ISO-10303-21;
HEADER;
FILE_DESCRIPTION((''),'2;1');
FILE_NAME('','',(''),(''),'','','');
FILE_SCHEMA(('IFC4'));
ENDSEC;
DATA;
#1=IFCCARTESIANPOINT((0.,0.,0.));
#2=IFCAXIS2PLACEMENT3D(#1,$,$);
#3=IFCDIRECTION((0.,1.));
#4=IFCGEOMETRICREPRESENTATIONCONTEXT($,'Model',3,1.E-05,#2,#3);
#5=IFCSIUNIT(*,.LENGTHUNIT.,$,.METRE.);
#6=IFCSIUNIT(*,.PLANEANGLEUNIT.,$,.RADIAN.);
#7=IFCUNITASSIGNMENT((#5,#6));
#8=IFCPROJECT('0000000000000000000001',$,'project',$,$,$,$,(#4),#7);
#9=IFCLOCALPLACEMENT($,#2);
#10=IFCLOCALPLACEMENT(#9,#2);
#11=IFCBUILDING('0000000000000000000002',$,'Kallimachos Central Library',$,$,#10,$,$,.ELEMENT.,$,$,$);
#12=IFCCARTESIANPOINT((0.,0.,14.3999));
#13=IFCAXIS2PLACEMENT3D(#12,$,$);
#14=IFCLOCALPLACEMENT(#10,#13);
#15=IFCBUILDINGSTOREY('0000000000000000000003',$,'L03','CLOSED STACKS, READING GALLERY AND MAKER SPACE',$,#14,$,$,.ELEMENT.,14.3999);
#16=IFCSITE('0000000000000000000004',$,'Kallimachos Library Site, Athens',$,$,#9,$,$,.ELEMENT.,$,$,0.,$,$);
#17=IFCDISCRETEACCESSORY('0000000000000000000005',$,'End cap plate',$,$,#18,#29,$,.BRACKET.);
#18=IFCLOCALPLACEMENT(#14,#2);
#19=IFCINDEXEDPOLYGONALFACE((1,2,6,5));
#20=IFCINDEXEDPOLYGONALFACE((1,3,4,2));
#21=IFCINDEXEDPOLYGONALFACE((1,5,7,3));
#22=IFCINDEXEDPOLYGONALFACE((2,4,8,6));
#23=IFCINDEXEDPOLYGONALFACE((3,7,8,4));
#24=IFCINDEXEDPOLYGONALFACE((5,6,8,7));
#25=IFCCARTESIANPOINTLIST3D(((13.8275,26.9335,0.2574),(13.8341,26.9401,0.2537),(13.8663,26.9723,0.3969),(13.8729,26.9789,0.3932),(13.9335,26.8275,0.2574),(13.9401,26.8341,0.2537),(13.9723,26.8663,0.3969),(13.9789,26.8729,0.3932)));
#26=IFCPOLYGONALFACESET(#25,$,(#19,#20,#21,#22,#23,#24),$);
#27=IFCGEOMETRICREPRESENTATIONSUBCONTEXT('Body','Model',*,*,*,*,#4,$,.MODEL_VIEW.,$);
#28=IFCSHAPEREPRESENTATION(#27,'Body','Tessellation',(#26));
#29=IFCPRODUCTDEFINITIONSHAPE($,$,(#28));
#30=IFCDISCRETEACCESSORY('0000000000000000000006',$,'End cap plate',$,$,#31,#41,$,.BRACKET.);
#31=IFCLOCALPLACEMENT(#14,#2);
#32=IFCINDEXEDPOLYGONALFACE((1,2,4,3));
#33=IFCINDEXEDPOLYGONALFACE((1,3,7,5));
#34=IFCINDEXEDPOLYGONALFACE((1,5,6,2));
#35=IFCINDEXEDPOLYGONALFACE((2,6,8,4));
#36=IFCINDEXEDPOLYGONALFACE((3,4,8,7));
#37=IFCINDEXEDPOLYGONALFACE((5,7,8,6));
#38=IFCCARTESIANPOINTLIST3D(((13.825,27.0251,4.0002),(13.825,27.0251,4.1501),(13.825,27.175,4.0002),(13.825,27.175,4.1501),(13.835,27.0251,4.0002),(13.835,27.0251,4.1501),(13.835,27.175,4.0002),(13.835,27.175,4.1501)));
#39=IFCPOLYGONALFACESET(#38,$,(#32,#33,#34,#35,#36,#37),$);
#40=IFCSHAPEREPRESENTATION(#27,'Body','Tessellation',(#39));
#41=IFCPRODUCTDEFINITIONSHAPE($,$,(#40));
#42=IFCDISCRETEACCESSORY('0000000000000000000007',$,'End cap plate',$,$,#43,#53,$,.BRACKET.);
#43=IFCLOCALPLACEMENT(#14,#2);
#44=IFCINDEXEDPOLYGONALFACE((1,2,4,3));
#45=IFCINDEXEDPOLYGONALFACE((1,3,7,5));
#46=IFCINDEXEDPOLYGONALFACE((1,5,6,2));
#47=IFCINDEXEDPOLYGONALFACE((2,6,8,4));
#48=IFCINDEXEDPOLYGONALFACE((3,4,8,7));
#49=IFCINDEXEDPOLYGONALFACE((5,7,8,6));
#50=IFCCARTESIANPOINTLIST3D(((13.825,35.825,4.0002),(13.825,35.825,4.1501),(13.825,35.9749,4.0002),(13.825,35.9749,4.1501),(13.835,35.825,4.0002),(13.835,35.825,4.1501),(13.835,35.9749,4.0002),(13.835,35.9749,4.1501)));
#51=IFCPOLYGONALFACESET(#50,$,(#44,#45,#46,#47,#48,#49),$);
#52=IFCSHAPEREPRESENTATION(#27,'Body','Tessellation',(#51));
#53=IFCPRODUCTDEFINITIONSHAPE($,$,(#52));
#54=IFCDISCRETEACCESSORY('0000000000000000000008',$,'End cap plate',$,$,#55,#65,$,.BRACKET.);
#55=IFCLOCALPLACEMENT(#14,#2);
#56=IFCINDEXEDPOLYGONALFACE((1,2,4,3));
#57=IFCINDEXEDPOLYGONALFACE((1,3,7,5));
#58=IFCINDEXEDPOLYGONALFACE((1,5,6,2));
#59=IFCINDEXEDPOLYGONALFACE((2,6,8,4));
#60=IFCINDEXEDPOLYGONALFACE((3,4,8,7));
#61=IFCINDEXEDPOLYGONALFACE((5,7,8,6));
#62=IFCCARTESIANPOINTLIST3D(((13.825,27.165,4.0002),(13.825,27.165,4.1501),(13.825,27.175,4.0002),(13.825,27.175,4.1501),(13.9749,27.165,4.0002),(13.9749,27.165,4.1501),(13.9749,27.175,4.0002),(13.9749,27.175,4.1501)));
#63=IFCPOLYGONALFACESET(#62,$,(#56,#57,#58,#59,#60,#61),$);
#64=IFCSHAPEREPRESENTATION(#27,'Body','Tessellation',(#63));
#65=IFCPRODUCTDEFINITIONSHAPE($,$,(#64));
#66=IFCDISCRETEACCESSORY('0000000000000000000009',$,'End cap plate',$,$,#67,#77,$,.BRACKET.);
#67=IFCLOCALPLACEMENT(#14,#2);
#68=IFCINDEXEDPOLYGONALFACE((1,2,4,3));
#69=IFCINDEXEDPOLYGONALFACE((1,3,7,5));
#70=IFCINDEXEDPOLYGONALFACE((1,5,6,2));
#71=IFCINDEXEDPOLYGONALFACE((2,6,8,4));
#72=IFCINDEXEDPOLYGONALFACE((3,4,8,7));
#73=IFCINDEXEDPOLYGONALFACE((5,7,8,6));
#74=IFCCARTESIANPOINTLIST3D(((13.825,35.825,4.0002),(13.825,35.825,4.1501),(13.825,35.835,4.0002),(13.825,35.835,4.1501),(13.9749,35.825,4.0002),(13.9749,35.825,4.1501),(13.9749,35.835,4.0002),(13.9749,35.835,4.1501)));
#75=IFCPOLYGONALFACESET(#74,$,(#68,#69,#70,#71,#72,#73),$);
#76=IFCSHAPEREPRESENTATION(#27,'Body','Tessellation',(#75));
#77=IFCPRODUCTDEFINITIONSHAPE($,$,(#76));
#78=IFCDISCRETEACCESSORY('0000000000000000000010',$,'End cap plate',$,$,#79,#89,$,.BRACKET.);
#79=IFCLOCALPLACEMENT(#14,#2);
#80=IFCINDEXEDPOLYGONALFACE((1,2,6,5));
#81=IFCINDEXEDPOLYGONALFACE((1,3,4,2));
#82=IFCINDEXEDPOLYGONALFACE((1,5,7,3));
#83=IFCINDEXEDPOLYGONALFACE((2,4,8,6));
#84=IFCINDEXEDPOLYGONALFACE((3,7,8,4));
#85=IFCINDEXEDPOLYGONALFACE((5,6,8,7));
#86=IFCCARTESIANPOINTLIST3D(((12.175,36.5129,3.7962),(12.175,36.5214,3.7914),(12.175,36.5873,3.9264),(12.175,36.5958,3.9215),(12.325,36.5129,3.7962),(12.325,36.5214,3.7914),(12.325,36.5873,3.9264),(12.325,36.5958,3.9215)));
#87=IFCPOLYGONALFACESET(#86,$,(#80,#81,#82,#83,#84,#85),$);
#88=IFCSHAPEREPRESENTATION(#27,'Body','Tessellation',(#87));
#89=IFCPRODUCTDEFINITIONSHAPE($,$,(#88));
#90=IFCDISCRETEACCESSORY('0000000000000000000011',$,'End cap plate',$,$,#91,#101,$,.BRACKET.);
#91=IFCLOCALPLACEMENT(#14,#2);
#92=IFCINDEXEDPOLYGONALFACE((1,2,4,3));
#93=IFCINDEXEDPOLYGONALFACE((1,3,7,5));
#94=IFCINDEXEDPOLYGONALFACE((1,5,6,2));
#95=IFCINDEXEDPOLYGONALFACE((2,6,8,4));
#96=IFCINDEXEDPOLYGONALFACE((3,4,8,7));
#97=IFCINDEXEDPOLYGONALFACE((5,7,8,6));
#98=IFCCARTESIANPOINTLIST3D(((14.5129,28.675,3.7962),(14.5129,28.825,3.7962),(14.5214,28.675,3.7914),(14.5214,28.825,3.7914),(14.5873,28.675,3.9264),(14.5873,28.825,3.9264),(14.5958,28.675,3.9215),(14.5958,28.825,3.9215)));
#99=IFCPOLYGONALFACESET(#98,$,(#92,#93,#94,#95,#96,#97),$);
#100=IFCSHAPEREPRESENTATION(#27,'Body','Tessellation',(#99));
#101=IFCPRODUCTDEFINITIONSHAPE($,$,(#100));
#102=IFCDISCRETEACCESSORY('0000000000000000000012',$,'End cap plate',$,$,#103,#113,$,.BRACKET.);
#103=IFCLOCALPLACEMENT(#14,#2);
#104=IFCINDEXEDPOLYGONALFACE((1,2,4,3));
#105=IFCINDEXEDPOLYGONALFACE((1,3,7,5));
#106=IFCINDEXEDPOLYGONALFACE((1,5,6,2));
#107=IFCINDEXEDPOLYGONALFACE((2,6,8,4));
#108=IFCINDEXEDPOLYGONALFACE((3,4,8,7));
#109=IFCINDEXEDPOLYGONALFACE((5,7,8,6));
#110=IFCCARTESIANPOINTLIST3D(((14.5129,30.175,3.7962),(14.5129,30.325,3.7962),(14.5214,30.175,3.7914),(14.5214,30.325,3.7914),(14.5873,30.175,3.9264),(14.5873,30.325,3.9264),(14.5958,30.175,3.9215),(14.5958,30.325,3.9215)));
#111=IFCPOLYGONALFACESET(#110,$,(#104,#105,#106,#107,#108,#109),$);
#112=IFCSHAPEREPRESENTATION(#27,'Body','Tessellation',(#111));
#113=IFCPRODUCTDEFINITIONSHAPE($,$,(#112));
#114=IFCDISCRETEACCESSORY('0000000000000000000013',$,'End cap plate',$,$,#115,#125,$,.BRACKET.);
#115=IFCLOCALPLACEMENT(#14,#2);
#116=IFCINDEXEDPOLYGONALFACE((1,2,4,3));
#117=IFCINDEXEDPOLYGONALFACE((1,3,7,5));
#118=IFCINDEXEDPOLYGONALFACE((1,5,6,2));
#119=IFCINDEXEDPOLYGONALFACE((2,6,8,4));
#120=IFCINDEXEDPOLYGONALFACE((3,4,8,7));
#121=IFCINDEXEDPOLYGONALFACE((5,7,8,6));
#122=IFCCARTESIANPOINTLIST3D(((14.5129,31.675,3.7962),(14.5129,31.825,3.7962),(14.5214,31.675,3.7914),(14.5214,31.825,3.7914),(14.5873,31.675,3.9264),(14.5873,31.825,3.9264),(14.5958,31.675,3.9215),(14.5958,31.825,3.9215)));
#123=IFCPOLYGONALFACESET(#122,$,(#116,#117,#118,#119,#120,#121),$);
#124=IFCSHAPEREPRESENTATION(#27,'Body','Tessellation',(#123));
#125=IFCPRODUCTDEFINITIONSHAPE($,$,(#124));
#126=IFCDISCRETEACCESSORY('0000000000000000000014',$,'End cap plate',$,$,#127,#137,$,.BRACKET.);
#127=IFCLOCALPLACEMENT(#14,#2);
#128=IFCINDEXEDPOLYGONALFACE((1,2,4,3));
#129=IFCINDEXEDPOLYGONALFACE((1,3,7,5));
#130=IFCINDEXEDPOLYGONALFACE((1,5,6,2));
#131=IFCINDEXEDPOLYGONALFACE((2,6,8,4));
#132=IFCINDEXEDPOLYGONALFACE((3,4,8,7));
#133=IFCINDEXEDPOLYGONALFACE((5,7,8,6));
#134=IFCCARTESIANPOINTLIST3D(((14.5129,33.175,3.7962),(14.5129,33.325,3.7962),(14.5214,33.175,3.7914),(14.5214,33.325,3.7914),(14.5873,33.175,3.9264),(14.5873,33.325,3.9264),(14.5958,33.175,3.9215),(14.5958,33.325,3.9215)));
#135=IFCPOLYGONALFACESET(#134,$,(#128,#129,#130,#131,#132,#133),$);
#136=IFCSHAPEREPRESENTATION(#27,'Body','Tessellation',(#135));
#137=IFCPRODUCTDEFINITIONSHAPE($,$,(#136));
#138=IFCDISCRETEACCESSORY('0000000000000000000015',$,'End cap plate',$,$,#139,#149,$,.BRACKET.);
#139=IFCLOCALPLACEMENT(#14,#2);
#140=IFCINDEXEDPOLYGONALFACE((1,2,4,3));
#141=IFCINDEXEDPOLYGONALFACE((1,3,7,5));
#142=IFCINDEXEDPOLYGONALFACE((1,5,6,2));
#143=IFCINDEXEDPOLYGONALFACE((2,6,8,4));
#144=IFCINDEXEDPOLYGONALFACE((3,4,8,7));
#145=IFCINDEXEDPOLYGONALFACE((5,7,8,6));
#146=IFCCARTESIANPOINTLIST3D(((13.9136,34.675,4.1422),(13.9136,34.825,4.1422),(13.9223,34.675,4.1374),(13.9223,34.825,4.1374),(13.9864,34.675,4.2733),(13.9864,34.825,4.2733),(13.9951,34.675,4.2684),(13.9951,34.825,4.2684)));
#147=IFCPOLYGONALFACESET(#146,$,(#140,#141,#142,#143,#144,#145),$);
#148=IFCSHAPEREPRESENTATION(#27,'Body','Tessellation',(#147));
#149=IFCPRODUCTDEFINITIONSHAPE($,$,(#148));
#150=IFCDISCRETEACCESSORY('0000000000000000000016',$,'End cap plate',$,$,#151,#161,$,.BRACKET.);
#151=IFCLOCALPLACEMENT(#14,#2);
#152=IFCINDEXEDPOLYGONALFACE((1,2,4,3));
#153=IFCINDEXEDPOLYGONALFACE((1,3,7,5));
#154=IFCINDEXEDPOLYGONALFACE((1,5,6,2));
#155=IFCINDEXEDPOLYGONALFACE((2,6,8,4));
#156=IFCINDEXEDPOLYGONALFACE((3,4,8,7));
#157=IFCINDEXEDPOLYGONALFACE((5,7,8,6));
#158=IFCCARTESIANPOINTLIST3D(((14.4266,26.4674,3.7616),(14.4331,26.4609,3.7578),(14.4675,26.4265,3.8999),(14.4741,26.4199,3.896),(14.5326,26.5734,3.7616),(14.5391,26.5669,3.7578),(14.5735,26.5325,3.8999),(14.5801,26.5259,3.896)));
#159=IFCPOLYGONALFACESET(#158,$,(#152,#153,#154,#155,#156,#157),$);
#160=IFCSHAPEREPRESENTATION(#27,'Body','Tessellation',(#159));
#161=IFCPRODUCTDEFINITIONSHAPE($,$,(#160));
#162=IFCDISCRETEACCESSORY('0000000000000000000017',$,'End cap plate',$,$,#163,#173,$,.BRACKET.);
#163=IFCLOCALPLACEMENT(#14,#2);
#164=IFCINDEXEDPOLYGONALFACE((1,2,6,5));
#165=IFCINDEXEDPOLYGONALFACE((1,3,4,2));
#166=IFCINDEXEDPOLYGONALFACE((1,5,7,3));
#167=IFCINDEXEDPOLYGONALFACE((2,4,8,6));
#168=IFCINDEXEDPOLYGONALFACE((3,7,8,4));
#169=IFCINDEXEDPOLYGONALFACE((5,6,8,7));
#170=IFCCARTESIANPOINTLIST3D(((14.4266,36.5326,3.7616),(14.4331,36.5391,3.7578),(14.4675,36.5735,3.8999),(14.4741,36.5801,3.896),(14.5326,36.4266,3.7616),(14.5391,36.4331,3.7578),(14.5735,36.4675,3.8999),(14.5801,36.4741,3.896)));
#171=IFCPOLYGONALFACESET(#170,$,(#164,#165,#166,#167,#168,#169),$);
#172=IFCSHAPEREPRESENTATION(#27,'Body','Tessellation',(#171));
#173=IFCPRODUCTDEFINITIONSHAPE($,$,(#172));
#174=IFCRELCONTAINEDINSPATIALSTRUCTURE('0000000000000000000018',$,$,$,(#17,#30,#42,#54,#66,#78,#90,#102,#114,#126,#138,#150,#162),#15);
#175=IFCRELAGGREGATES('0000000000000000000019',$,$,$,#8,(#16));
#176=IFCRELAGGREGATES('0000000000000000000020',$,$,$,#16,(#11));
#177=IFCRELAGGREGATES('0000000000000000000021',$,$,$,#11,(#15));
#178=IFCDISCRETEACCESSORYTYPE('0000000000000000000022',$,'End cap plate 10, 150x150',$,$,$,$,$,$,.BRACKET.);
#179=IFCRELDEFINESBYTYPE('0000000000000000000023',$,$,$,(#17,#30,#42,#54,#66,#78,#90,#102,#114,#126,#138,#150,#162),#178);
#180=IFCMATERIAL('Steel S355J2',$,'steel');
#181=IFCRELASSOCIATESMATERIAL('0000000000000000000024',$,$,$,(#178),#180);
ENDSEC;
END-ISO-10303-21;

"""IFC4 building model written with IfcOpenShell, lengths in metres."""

from ifc_helpers import new_model, si_unit, direction, frame, origin, origin_2d, place, context, subcontext, project, spatial, rectangle, extrude, material, material_profile, profile_set, type_object, element, save


model = new_model("IFC4")

# Units and contexts
model_context = context("Model", 3, precision=1e-05, world=origin(), true_north=direction((0.0, 1.0)))
body_context = subcontext(model_context, "Body", "Model", "MODEL_VIEW")
ifc_project = project(units=[si_unit("LENGTHUNIT", "METRE"), si_unit("PLANEANGLEUNIT", "RADIAN")], contexts=[model_context])

# Site, building, storey
site_placement = place(None, origin())
site = spatial("IfcSite", under=ifc_project, at=site_placement, Name="Kallimachos Library Site, Athens", CompositionType="ELEMENT", RefElevation=0.0)
building_placement = place(site_placement, origin())
building = spatial("IfcBuilding", under=site, at=building_placement, Name="Kallimachos Central Library", CompositionType="ELEMENT")
storey_placement = place(building_placement, frame((0.0, 0.0, 14.3999)))
storey = spatial("IfcBuildingStorey", under=building, at=storey_placement, Name="L03", Description="CLOSED STACKS, READING GALLERY AND MAKER SPACE", CompositionType="ELEMENT", Elevation=14.3999)

# Discrete accessories
ifc_material_1 = material(Name="Steel S355J2", Category="steel")
ifc_material_profile_1 = material_profile(ifc_material_1, rectangle(XDim=0.1499, YDim=0.1499, at=origin_2d()), Name="End cap plate 10, 150x150")
ifc_profile_set_1 = profile_set([ifc_material_profile_1], Name="Steel S355J2")
discrete_accessory_type = type_object("IfcDiscreteAccessoryType", Name="End cap plate 10, 150x150", PredefinedType="BRACKET", material=ifc_profile_set_1)
for number, where, z_axis, x_axis, name in (
    (1, (13.9065, 26.9065, 0.3235), (-0.658145, -0.658145, 0.365636), (0.707107, -0.707107, 0.0), "End cap plate"),
    (2, (13.825, 27.1001, 4.0752), (1.0, 0.0, 0.0), (0.0, 1.0, 0.0), "End cap plate"),
    (3, (13.825, 35.8999, 4.0752), (1.0, 0.0, 0.0), (0.0, 1.0, 0.0), "End cap plate"),
    (4, (13.8999, 27.165, 4.0752), (0.0, 1.0, 0.0), (-1.0, 0.0, 0.0), "End cap plate"),
    (5, (13.8999, 35.825, 4.0752), (0.0, 1.0, 0.0), (-1.0, 0.0, 0.0), "End cap plate"),
):
    element("IfcDiscreteAccessory", number, at=place(storey_placement, frame(where, z_axis=z_axis, x_axis=x_axis)), inside=storey, type_object=discrete_accessory_type, Name=name, PredefinedType="BRACKET", context=body_context, shape_type="SweptSolid", body=[
        extrude(rectangle(XDim=0.1499, YDim=0.1499, at=origin_2d()), origin(), (0.0, 0.0, 1.0), 0.01),
    ])
for number, where, z_axis, x_axis, name in (
    (6, (12.25, 36.5586, 3.8564), (0.0, -0.868243, 0.496139), (1.0, 0.0, 0.0), "End cap plate"),
    (7, (14.5586, 28.75, 3.8564), (-0.868243, 0.0, 0.496139), (0.0, -1.0, 0.0), "End cap plate"),
    (8, (14.5586, 30.25, 3.8564), (-0.868243, 0.0, 0.496139), (0.0, -1.0, 0.0), "End cap plate"),
    (9, (14.5586, 31.75, 3.8564), (-0.868243, 0.0, 0.496139), (0.0, -1.0, 0.0), "End cap plate"),
    (10, (14.5586, 33.25, 3.8564), (-0.868243, 0.0, 0.496139), (0.0, -1.0, 0.0), "End cap plate"),
):
    element("IfcDiscreteAccessory", number, at=place(storey_placement, frame(where, z_axis=z_axis, x_axis=x_axis)), inside=storey, type_object=discrete_accessory_type, Name=name, PredefinedType="BRACKET", context=body_context, shape_type="SweptSolid", body=[
        extrude(rectangle(XDim=0.1499, YDim=0.1499, at=origin_2d()), origin(), (0.0, 0.0, 1.0), 0.0098),
    ])
for number, where, z_axis, x_axis, name in (
    (11, (13.9587, 34.75, 4.2029), (-0.874157, 0.0, 0.485643), (0.0, -1.0, 0.0), "End cap plate"),
    (12, (14.5066, 26.4934, 3.8269), (-0.652166, 0.652166, 0.386469), (-0.707107, -0.707107, 0.0), "End cap plate"),
    (13, (14.5066, 36.5066, 3.8269), (-0.652166, -0.652166, 0.386469), (0.707107, -0.707107, 0.0), "End cap plate"),
):
    element("IfcDiscreteAccessory", number, at=place(storey_placement, frame(where, z_axis=z_axis, x_axis=x_axis)), inside=storey, type_object=discrete_accessory_type, Name=name, PredefinedType="BRACKET", context=body_context, shape_type="SweptSolid", body=[
        extrude(rectangle(XDim=0.1499, YDim=0.1499, at=origin_2d()), origin(), (0.0, 0.0, 1.0), 0.01),
    ])

save(model, "model.ifc")
